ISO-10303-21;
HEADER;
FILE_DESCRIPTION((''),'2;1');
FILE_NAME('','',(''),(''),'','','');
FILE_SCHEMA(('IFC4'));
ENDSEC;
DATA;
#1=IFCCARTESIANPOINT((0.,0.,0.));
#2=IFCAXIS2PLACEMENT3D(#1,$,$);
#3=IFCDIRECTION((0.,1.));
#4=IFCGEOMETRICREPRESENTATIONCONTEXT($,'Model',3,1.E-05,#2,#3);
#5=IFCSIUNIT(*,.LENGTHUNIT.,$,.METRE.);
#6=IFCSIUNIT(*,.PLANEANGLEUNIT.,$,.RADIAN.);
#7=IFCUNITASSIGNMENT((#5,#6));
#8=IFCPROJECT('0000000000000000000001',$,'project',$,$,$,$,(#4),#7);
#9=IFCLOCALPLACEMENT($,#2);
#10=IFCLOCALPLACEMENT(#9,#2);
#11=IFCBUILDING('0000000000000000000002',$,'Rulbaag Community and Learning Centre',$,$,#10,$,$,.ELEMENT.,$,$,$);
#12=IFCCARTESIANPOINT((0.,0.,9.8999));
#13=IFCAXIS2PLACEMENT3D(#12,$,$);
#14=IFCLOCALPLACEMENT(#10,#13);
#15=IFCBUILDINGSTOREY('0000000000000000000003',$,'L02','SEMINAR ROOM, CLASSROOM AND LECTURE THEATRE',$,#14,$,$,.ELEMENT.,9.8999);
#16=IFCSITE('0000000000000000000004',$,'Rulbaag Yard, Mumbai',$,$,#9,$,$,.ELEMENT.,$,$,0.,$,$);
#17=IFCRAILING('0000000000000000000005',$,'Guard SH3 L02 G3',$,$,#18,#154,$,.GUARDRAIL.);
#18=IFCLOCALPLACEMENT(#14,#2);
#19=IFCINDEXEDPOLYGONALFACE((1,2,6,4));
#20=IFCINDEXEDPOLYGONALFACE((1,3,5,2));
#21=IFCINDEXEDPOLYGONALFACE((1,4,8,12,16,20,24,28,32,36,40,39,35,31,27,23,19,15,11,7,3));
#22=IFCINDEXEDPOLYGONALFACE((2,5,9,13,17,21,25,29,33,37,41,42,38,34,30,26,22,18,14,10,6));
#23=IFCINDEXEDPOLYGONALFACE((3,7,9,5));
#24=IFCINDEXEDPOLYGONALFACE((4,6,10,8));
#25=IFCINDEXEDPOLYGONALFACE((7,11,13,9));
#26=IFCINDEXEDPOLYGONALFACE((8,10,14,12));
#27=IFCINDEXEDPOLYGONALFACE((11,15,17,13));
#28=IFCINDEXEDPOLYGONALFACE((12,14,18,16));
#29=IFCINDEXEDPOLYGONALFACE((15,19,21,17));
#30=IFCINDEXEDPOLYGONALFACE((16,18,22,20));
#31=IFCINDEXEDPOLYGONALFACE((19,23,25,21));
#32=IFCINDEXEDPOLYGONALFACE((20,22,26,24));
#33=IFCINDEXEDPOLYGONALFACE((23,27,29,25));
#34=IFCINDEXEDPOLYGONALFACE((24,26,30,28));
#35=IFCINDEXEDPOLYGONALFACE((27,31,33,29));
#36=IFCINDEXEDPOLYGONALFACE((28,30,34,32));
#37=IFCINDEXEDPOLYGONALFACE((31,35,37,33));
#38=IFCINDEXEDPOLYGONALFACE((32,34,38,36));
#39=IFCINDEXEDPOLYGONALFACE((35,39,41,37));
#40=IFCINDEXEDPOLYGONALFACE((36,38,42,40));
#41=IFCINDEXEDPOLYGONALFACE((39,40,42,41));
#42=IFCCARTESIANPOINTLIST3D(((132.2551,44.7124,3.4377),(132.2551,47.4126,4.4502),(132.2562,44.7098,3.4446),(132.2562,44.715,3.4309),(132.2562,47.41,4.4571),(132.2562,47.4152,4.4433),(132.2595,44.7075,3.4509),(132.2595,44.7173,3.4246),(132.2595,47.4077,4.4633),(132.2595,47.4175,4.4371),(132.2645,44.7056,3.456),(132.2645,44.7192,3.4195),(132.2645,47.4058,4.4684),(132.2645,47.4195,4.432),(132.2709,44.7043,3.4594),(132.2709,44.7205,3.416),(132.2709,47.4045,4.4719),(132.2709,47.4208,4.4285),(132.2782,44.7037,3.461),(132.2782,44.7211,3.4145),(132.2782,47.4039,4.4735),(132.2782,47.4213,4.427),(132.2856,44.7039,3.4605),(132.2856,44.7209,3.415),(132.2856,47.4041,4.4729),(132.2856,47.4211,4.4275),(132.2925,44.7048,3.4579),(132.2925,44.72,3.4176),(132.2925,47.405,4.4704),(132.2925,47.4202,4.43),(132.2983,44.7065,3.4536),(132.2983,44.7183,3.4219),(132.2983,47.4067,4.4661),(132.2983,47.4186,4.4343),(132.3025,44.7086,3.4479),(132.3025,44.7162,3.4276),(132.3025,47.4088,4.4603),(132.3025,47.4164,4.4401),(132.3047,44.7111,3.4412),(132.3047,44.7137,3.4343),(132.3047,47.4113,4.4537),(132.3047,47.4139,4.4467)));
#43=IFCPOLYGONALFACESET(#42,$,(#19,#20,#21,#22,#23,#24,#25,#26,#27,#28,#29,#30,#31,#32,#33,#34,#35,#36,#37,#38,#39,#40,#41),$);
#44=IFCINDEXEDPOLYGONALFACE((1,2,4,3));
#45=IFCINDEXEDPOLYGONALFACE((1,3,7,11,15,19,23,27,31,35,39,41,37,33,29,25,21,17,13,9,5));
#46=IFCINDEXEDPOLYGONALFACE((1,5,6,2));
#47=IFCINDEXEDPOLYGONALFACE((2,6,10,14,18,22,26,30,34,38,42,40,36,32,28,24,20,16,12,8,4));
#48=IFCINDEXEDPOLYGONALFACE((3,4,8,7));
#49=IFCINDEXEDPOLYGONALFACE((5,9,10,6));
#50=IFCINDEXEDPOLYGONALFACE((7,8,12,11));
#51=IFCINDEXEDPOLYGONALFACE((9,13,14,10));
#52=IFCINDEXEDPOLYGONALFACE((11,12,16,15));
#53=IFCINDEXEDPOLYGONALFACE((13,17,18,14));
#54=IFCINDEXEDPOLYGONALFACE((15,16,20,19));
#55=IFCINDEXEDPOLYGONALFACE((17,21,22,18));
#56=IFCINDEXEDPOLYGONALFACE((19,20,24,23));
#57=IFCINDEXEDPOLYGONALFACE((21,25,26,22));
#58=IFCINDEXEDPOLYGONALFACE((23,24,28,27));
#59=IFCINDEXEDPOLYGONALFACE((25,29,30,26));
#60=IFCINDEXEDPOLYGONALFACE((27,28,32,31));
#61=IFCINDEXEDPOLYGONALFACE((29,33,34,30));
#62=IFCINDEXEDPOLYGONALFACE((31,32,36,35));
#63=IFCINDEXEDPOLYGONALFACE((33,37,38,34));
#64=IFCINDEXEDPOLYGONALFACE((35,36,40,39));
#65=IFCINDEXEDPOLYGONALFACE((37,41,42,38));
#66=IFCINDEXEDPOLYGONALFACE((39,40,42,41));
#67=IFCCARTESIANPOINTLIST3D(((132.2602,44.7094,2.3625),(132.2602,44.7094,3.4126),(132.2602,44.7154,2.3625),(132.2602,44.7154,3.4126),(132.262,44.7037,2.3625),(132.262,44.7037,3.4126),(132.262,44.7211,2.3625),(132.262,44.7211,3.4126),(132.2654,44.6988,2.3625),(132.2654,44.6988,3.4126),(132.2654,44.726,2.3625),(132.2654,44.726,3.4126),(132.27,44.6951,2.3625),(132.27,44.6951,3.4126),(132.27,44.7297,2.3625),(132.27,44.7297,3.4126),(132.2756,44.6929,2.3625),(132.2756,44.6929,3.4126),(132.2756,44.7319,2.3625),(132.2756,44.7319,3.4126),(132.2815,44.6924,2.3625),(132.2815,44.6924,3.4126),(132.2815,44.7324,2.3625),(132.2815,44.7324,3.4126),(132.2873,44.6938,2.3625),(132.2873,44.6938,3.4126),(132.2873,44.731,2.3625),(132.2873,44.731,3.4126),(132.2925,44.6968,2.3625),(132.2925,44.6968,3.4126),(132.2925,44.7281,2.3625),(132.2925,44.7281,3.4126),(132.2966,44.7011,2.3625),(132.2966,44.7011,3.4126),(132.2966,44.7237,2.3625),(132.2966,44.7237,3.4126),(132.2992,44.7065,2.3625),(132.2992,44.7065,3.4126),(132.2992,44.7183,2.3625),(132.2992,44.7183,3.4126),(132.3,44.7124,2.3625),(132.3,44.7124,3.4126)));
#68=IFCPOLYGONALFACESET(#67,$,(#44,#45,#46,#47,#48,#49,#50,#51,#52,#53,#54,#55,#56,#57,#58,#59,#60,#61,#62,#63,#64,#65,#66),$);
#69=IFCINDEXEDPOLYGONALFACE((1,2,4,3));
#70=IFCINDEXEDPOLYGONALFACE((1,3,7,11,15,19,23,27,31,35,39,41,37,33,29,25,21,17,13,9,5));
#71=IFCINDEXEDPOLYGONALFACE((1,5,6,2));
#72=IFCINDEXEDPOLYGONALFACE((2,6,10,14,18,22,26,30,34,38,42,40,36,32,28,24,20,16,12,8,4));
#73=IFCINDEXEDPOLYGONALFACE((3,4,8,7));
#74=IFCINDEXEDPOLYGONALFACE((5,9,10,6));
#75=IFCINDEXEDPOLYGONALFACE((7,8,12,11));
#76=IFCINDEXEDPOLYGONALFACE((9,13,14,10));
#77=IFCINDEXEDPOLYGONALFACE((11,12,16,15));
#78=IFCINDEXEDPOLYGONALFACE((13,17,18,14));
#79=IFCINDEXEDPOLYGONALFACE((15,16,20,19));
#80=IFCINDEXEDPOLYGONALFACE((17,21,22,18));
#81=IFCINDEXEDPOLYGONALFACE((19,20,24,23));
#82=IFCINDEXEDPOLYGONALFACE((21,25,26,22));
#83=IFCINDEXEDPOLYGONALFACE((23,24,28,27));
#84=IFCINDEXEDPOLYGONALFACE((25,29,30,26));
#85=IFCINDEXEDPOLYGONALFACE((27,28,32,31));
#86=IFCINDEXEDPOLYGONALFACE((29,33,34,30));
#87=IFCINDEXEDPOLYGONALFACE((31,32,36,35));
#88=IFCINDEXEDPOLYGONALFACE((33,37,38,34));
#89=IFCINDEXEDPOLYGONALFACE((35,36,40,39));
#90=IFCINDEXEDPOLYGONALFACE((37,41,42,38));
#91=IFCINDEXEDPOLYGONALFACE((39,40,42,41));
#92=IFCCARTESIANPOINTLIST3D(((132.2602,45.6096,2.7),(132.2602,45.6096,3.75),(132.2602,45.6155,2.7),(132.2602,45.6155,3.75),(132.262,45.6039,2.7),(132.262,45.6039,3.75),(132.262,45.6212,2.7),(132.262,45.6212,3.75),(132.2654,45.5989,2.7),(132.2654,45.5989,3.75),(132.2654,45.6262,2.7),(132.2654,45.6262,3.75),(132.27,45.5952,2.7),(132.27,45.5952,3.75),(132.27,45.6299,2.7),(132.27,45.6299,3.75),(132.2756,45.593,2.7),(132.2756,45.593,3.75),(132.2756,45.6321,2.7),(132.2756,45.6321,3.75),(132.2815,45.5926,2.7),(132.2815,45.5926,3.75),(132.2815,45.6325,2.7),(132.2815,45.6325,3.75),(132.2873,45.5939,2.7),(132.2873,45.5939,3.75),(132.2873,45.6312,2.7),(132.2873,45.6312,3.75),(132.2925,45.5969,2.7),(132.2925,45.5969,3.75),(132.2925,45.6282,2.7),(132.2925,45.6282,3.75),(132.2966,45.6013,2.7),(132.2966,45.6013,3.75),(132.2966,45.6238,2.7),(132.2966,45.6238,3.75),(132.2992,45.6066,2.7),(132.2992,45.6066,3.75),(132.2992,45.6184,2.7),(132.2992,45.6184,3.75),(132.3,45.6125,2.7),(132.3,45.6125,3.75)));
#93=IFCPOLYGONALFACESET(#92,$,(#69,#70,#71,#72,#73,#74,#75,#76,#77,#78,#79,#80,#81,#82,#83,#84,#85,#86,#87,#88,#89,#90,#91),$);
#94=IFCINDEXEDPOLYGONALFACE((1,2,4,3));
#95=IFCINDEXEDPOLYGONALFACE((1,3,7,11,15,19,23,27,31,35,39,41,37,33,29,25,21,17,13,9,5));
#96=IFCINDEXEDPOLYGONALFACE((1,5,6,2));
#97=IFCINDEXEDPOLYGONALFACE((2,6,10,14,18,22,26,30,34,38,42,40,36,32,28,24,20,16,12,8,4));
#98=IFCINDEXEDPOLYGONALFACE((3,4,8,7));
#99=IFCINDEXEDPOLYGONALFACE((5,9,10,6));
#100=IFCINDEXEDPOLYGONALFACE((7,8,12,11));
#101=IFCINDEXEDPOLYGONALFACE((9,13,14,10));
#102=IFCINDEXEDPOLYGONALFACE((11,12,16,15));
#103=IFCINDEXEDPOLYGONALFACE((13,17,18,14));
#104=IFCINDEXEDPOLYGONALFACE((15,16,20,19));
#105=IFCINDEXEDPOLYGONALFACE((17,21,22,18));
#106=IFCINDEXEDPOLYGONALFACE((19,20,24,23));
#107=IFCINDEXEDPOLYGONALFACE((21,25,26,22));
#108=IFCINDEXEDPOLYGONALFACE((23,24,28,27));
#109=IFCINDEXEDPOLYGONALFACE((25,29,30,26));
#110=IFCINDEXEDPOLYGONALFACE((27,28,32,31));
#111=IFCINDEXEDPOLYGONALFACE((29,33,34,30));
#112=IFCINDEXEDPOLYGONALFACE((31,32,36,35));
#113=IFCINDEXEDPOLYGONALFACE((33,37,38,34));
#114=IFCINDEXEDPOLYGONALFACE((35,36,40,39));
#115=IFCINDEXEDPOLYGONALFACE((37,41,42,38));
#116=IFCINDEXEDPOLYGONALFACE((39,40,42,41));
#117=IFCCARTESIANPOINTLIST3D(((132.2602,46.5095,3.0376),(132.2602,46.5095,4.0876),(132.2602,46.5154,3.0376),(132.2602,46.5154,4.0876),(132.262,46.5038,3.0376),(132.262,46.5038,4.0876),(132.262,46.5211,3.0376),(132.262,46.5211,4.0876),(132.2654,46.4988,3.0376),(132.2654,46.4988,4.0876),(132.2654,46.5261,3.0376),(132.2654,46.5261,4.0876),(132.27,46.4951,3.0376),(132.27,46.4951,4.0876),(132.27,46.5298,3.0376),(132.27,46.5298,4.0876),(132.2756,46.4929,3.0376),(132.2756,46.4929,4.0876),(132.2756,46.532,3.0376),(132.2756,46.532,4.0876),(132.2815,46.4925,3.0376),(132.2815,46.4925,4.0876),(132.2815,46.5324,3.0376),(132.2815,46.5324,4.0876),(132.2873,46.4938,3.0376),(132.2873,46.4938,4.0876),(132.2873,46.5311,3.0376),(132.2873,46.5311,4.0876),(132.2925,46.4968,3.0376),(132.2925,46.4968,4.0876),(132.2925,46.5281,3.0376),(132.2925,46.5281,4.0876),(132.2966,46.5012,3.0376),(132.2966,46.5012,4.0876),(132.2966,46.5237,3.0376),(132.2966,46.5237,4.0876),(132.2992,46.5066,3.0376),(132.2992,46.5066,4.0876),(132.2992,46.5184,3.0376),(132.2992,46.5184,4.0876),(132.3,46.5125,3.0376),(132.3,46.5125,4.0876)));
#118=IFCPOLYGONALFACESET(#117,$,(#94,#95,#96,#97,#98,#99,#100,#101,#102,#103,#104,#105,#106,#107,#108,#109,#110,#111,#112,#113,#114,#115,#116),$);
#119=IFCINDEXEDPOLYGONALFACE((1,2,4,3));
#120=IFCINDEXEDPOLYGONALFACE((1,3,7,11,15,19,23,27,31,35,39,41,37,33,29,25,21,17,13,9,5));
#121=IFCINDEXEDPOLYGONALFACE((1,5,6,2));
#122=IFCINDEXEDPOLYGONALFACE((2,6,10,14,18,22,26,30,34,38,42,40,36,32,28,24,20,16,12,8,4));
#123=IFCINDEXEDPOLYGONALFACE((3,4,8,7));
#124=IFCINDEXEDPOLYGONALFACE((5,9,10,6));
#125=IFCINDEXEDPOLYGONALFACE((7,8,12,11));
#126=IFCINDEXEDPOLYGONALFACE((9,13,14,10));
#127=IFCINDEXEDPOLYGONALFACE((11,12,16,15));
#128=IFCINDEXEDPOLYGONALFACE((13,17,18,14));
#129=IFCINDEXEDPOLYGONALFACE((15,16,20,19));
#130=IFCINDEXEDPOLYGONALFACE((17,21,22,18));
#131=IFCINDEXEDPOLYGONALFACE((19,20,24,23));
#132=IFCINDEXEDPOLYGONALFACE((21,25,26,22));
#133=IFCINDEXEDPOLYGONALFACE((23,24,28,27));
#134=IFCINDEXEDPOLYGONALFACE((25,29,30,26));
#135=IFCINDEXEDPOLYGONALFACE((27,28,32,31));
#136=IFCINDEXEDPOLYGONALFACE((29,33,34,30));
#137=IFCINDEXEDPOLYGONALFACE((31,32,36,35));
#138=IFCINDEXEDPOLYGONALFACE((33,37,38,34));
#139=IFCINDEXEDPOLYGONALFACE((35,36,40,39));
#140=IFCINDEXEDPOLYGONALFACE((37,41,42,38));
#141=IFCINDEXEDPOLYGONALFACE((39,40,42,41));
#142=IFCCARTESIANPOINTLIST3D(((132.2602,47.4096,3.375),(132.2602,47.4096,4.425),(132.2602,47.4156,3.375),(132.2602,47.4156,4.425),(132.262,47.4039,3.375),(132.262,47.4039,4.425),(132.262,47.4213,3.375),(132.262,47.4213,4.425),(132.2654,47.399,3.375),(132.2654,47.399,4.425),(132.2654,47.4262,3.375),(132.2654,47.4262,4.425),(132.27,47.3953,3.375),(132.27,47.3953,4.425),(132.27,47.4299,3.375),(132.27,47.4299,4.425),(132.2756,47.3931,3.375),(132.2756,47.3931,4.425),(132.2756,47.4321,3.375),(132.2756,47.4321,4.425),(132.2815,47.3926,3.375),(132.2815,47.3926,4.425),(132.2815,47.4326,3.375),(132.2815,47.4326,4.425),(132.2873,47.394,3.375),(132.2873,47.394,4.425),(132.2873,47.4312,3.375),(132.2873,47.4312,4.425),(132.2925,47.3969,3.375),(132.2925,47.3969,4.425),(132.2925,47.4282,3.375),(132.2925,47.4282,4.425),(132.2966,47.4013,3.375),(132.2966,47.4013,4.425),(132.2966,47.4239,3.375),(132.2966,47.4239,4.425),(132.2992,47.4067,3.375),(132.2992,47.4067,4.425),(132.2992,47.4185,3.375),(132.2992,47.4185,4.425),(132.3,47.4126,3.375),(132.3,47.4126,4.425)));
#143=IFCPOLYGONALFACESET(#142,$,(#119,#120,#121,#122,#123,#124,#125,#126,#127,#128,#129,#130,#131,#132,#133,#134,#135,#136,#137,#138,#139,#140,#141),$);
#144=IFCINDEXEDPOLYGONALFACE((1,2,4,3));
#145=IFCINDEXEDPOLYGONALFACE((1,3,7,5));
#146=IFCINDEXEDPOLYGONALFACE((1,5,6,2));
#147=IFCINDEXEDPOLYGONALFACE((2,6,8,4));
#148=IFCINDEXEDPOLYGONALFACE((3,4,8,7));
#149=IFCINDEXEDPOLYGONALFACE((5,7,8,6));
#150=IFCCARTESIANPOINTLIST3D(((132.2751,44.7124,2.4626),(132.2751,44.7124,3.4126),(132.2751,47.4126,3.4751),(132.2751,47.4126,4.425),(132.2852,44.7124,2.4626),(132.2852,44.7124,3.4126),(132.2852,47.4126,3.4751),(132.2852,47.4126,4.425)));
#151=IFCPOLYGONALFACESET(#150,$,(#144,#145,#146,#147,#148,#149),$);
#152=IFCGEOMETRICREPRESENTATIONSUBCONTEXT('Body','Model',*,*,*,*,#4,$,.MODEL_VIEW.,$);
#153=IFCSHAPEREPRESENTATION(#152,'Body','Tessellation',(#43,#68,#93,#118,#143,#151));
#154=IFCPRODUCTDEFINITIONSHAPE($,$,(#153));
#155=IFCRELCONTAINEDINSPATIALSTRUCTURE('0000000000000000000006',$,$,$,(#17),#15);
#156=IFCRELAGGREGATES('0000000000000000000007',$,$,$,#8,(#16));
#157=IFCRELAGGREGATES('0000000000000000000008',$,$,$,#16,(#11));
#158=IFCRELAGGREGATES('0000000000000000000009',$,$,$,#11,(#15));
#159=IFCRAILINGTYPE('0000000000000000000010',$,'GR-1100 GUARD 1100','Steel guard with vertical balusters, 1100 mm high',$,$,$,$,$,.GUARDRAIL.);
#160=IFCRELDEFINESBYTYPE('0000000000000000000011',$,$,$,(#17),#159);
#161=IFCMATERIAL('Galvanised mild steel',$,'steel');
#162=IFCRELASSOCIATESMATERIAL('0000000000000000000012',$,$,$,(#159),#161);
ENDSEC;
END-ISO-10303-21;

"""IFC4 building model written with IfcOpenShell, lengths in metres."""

from ifc_helpers import new_model, si_unit, direction, frame, origin, origin_2d, place, context, subcontext, project, spatial, polyline, circle, outline, extrude, material, type_object, element, save


model = new_model("IFC4")

# Units and contexts
model_context = context("Model", 3, precision=1e-05, world=origin(), true_north=direction((0.0, 1.0)))
body_context = subcontext(model_context, "Body", "Model", "MODEL_VIEW")
ifc_project = project(units=[si_unit("LENGTHUNIT", "METRE"), si_unit("PLANEANGLEUNIT", "RADIAN")], contexts=[model_context])

# Site, building, storey
site_placement = place(None, origin())
site = spatial("IfcSite", under=ifc_project, at=site_placement, Name="Rulbaag Yard, Mumbai", CompositionType="ELEMENT", RefElevation=0.0)
building_placement = place(site_placement, origin())
building = spatial("IfcBuilding", under=site, at=building_placement, Name="Rulbaag Community and Learning Centre", CompositionType="ELEMENT")
storey_placement = place(building_placement, frame((0.0, 0.0, 9.8999)))
storey = spatial("IfcBuildingStorey", under=building, at=storey_placement, Name="L02", Description="SEMINAR ROOM, CLASSROOM AND LECTURE THEATRE", CompositionType="ELEMENT", Elevation=9.8999)

# Railing
ifc_material_1 = material(Name="Galvanised mild steel", Category="steel")
railing_type_1 = type_object("IfcRailingType", Name="GR-1100 GUARD 1100", Description="Steel guard with vertical balusters, 1100 mm high", PredefinedType="GUARDRAIL", material=ifc_material_1)
railing_1_placement = place(storey_placement, frame((132.28, 44.7124, 2.3625)))
element("IfcRailing", 1, at=railing_1_placement, inside=storey, type_object=railing_type_1, Name="Guard SH3 L02 G3", PredefinedType="GUARDRAIL", context=body_context, shape_type="SweptSolid", body=[
    extrude(circle(Radius=0.0249, at=origin_2d()), frame((0.0, 0.0, 1.0752), z_axis=(0.0, 0.936343, 0.351086), x_axis=(-1.0, 0.0, 0.0)), (0.0, 0.0, 1.0), 2.8838),
    extrude(circle(Radius=0.02, at=origin_2d()), origin(), (0.0, 0.0, 1.0), 1.05),
    extrude(circle(Radius=0.02, at=origin_2d()), frame((0.0, 0.9001, 0.3374)), (0.0, 0.0, 1.0), 1.05),
    extrude(circle(Radius=0.02, at=origin_2d()), frame((0.0, 1.8, 0.675)), (0.0, 0.0, 1.0), 1.05),
    extrude(circle(Radius=0.02, at=origin_2d()), frame((0.0, 2.7002, 1.0125)), (0.0, 0.0, 1.0), 1.05),
    extrude(outline(polyline([(0.0, 0.0), (2.7002, 1.0125), (2.7002, 1.9624), (0.0, 0.95), (0.0, 0.0)])), frame((-0.0049, 0.0, 0.1001), z_axis=(1.0, 0.0, 0.0), x_axis=(0.0, 1.0, 0.0)), (0.0, 0.0, 1.0), 0.01),
])

save(model, "model.ifc")
